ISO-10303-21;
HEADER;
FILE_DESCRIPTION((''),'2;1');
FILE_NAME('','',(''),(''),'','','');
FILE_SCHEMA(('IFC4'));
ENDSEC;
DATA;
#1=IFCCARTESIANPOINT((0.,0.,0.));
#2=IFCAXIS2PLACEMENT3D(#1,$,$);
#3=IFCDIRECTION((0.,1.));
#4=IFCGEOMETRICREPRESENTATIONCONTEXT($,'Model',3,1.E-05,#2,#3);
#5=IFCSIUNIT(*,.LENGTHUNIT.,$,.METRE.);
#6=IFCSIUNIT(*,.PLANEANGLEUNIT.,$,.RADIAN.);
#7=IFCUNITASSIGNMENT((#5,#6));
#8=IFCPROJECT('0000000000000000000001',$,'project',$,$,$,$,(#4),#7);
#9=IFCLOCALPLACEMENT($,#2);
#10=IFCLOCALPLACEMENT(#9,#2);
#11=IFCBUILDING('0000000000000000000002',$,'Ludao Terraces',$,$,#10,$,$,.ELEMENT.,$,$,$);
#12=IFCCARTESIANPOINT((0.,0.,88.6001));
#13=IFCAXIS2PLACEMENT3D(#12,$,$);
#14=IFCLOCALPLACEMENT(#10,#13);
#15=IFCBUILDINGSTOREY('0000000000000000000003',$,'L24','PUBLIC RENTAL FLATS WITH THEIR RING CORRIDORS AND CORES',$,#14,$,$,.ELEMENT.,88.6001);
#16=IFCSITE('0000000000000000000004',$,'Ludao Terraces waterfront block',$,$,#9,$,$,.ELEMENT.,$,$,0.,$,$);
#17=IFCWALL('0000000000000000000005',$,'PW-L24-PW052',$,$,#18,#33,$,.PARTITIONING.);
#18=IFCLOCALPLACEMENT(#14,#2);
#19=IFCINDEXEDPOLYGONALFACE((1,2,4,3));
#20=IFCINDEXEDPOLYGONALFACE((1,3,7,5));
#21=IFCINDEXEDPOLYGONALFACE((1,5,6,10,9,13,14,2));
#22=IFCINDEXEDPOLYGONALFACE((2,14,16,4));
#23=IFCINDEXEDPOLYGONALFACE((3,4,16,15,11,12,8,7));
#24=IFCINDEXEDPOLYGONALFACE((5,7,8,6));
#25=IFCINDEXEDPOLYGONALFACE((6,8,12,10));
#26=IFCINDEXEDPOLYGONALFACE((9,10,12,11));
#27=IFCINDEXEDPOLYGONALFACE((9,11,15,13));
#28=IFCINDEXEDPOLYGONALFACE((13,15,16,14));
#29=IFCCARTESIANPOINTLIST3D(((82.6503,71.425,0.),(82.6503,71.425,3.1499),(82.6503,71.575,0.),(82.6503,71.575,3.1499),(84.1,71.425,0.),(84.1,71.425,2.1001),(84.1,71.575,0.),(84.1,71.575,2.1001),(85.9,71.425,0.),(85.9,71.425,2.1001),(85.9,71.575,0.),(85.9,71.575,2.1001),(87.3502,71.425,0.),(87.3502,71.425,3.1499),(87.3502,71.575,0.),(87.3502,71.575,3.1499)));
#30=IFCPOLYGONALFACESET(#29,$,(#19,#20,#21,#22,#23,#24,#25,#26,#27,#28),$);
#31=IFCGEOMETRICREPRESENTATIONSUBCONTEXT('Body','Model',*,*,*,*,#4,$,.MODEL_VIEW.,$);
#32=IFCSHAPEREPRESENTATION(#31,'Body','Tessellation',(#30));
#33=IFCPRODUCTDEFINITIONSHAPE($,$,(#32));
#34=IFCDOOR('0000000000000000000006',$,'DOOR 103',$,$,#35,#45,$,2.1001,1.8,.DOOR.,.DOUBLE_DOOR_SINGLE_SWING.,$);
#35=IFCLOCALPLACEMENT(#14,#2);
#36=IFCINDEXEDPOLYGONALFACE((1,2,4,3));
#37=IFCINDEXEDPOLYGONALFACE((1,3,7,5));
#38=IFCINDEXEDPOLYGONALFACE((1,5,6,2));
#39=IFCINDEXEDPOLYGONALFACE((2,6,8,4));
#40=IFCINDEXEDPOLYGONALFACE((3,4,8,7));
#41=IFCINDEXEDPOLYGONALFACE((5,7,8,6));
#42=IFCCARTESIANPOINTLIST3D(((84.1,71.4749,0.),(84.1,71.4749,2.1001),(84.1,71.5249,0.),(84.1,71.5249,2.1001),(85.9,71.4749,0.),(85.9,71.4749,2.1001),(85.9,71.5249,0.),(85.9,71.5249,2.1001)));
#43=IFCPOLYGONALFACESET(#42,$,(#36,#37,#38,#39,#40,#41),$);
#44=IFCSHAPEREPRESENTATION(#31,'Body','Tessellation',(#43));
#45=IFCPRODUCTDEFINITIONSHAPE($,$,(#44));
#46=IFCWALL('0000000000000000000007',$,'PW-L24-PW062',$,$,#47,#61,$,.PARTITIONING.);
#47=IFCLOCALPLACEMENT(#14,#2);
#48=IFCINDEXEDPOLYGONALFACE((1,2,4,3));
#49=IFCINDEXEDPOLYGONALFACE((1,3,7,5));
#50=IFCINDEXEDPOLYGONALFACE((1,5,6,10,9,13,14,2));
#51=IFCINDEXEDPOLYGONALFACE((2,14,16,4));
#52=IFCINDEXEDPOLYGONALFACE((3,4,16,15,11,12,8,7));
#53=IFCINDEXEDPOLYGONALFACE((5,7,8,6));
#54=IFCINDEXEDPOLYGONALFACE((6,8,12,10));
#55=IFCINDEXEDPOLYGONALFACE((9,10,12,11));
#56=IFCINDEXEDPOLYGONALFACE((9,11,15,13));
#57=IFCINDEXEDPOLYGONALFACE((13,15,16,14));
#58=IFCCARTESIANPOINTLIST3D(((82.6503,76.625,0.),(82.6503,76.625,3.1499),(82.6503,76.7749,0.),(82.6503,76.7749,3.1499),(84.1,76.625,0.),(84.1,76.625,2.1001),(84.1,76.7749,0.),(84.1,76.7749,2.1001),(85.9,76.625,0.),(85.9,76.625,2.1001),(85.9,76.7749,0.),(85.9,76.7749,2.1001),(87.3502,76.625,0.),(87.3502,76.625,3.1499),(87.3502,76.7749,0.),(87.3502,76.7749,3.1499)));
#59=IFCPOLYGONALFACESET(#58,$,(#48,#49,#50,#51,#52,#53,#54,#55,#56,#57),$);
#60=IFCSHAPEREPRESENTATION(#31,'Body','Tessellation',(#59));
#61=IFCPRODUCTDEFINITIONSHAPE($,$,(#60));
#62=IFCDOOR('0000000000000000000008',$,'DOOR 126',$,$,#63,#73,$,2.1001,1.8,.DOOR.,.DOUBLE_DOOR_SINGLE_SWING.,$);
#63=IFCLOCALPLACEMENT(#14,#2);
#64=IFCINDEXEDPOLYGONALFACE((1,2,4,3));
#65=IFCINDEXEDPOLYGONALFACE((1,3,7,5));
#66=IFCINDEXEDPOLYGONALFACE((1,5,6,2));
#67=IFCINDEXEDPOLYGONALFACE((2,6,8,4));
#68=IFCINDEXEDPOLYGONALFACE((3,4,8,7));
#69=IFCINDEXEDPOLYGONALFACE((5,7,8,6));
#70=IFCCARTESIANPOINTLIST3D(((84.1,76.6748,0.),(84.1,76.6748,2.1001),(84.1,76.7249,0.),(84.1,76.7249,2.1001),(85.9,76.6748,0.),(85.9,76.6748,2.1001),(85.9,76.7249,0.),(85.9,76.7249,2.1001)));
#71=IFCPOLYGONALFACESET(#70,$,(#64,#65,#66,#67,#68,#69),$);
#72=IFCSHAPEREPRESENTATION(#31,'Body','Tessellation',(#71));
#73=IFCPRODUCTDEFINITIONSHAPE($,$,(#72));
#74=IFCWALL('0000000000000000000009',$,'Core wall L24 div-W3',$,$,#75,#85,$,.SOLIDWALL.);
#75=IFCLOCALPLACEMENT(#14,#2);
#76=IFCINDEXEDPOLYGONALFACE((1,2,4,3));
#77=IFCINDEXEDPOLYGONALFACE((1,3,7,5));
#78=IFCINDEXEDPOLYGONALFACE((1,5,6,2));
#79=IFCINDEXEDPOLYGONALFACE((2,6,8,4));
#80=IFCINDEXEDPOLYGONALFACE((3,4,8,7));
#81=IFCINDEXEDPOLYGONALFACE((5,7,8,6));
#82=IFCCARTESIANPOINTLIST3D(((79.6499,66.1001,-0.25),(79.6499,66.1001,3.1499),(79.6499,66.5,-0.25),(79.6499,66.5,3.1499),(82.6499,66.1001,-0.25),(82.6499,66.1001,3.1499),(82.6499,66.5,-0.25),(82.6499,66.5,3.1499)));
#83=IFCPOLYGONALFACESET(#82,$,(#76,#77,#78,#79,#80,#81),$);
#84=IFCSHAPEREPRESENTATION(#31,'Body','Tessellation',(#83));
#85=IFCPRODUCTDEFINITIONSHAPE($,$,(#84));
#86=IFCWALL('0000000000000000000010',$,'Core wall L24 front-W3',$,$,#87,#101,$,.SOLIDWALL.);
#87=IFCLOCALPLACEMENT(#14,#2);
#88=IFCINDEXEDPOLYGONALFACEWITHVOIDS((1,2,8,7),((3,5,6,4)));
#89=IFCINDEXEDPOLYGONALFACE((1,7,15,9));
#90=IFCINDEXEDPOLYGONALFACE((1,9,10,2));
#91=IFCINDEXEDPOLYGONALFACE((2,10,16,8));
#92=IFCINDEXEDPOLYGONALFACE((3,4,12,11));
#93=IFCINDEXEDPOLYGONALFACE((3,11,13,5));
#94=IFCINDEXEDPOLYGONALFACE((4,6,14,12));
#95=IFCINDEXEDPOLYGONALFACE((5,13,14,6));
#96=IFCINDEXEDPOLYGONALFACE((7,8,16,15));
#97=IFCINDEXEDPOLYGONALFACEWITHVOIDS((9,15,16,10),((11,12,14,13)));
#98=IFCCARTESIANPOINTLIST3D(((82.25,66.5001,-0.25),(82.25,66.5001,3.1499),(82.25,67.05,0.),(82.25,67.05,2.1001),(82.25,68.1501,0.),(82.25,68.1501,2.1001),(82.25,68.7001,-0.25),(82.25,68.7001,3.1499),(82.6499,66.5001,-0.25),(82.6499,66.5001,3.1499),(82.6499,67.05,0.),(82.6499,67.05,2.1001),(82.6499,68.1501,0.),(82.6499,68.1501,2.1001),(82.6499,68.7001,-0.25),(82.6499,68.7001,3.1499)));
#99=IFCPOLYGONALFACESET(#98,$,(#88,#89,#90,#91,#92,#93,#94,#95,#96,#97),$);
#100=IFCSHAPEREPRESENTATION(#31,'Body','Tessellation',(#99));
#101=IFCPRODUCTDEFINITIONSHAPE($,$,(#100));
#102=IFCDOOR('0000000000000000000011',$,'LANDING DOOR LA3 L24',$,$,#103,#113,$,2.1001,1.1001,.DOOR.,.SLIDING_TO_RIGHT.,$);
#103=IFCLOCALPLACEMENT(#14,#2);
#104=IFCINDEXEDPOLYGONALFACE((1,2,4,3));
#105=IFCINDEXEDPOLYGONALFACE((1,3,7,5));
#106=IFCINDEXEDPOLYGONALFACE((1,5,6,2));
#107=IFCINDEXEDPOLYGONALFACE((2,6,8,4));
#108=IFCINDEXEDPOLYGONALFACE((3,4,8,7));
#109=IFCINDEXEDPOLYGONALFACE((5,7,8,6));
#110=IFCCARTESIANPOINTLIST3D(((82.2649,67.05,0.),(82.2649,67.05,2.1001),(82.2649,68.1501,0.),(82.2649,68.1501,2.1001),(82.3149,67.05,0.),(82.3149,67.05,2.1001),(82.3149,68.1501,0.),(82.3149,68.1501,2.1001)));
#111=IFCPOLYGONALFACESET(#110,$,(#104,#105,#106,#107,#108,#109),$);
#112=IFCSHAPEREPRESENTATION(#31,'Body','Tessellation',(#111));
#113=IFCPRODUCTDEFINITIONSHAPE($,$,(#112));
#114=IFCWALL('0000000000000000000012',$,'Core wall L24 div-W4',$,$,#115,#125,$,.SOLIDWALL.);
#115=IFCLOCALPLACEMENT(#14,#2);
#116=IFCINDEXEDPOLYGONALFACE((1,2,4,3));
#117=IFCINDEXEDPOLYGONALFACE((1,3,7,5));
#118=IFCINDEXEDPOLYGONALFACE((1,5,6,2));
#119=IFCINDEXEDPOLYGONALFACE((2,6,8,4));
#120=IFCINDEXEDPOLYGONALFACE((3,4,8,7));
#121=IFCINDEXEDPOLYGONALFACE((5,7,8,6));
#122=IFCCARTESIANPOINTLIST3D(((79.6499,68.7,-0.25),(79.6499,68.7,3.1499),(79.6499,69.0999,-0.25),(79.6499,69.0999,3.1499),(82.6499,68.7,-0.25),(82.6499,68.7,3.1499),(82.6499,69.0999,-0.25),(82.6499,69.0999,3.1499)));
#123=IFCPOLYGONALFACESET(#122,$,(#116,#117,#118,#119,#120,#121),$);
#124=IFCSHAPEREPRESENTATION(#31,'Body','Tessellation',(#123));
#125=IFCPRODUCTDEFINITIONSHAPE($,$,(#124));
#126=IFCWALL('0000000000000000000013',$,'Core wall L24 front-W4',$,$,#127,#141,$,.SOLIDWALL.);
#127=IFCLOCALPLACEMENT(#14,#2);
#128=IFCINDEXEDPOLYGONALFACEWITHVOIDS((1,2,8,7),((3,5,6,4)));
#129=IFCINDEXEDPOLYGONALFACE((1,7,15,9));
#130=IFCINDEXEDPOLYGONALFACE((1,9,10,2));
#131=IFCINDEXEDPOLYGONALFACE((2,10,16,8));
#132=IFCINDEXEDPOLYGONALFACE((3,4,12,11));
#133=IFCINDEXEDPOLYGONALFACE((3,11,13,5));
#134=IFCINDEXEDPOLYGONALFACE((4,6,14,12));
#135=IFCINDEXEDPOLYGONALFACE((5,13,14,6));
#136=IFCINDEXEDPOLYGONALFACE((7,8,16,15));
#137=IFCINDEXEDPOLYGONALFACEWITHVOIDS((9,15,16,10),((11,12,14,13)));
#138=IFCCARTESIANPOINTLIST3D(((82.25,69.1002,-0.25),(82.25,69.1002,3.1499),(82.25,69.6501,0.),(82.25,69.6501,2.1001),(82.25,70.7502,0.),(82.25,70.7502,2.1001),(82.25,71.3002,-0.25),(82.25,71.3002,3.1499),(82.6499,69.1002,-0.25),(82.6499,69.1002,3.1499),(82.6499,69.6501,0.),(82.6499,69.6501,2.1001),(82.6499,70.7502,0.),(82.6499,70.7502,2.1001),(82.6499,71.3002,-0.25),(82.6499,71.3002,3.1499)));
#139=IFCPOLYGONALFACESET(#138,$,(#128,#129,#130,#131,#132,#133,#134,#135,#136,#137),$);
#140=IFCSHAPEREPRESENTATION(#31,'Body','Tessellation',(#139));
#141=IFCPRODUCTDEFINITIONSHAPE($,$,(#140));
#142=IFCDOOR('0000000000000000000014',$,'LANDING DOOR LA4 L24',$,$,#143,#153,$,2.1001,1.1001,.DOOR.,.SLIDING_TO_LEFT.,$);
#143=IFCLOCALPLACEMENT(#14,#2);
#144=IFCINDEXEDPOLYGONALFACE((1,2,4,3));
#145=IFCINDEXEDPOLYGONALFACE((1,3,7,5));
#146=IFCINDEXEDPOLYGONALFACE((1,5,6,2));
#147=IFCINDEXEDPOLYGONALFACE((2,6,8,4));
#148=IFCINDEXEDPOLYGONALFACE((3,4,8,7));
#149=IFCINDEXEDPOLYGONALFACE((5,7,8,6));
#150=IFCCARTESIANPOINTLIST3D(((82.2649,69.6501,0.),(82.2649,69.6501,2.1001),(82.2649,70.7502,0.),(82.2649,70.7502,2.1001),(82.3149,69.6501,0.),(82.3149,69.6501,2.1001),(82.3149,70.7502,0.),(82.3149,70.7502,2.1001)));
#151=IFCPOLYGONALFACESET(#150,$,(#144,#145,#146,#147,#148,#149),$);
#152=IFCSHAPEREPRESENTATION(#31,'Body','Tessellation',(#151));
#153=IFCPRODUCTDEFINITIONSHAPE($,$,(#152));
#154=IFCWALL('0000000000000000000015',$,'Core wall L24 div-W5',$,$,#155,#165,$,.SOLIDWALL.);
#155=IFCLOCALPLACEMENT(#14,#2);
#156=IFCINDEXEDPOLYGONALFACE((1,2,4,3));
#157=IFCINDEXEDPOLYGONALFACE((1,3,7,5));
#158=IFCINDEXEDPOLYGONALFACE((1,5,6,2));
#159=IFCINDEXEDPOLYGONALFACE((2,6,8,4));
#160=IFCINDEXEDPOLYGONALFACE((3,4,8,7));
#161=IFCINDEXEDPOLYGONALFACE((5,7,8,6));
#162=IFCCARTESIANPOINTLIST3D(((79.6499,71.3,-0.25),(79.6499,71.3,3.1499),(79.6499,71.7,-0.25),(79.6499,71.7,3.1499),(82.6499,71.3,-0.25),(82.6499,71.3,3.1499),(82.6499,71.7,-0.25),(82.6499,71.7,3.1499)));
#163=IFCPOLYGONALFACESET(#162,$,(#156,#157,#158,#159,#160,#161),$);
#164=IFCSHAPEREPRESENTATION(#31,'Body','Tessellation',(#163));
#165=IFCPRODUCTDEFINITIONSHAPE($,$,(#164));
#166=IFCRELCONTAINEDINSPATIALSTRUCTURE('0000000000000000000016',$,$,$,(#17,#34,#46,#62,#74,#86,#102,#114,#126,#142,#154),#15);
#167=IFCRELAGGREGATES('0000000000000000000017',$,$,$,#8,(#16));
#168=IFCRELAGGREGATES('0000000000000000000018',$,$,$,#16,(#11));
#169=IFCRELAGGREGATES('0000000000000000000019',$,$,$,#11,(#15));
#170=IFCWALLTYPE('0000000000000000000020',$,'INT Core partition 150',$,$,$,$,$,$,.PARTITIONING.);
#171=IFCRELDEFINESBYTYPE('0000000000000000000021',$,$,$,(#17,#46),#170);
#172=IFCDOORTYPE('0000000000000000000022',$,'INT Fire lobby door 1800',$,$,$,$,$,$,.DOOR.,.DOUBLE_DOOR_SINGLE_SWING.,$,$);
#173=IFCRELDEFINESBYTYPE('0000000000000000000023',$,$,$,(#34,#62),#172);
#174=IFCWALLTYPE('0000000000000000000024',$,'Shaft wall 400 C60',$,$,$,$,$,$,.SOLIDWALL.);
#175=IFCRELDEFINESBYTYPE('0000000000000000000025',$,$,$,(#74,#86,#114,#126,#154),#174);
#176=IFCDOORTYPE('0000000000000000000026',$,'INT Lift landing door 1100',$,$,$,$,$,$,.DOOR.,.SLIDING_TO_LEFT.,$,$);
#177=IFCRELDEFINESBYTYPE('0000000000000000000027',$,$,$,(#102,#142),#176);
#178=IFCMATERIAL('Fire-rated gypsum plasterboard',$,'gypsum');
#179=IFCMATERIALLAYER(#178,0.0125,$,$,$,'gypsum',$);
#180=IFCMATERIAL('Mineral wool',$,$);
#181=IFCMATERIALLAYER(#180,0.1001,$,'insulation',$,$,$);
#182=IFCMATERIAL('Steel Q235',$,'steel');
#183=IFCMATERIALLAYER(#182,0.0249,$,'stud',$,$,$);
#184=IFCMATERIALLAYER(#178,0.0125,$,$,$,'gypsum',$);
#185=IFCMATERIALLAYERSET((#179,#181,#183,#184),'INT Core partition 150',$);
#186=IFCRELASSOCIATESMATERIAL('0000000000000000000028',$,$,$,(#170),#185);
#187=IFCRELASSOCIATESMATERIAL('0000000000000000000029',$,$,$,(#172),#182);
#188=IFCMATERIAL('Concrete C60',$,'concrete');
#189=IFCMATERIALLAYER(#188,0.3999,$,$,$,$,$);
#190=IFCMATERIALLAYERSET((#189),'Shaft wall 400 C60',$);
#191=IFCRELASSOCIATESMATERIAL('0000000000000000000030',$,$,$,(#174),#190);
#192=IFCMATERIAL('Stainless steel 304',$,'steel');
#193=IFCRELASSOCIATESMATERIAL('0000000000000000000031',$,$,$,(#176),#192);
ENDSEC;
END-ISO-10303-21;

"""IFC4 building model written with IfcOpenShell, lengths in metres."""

from ifc_helpers import new_model, si_unit, direction, frame, frame_2d, origin, place, context, subcontext, project, spatial, rectangle, extrude, material, layer, layer_set, type_object, element, fill, save


model = new_model("IFC4")

# Units and contexts
model_context = context("Model", 3, precision=1e-05, world=origin(), true_north=direction((0.0, 1.0)))
body_context = subcontext(model_context, "Body", "Model", "MODEL_VIEW")
ifc_project = project(units=[si_unit("LENGTHUNIT", "METRE"), si_unit("PLANEANGLEUNIT", "RADIAN")], contexts=[model_context])

# Site, building, storey
site_placement = place(None, origin())
site = spatial("IfcSite", under=ifc_project, at=site_placement, Name="Ludao Terraces waterfront block", CompositionType="ELEMENT", RefElevation=0.0)
building_placement = place(site_placement, origin())
building = spatial("IfcBuilding", under=site, at=building_placement, Name="Ludao Terraces", CompositionType="ELEMENT")
storey_placement = place(building_placement, frame((0.0, 0.0, 88.6001)))
storey = spatial("IfcBuildingStorey", under=building, at=storey_placement, Name="L24", Description="PUBLIC RENTAL FLATS WITH THEIR RING CORRIDORS AND CORES", CompositionType="ELEMENT", Elevation=88.6001)

# Walls, openings, doors
ifc_material_1 = material(Name="Fire-rated gypsum plasterboard", Category="gypsum")
ifc_layer_1 = layer(ifc_material_1, 0.0125, Category="gypsum")
ifc_material_2 = material(Name="Mineral wool")
ifc_layer_2 = layer(ifc_material_2, 0.1001, Name="insulation")
ifc_material_3 = material(Name="Steel Q235", Category="steel")
ifc_layer_3 = layer(ifc_material_3, 0.0249, Name="stud")
ifc_layer_4 = layer(ifc_material_1, 0.0125, Category="gypsum")
ifc_layer_set_1 = layer_set([ifc_layer_1, ifc_layer_2, ifc_layer_3, ifc_layer_4], Name="INT Core partition 150")
wall_type_1 = type_object("IfcWallType", Name="INT Core partition 150", PredefinedType="PARTITIONING", material=ifc_layer_set_1)
wall_1_placement = place(storey_placement, frame((82.6501, 71.5, 0.0), z_axis=(0.0, 0.0, 1.0), x_axis=(1.0, 0.0, 0.0)))
wall_1 = element("IfcWall", 1, at=wall_1_placement, inside=storey, type_object=wall_type_1, Name="PW-L24-PW052", PredefinedType="PARTITIONING", context=body_context, shape_type="SweptSolid", body=[
    extrude(rectangle(XDim=4.7, YDim=0.1499, at=frame_2d((2.3501, 0.0))), origin(), (0.0, 0.0, 1.0), 3.1499),
])
opening_1_placement = place(wall_1_placement, frame((1.45, 0.0, 0.0)))
opening_1 = element("IfcOpeningElement", 2, at=opening_1_placement, cuts=wall_1, PredefinedType="OPENING", context=body_context, shape_type="SweptSolid", body=[
    extrude(rectangle(XDim=1.8, YDim=2.1001, at=frame_2d((0.8999, 1.05))), frame((0.0, 0.085, 0.0), z_axis=(0.0, -1.0, 0.0), x_axis=(1.0, 0.0, 0.0)), (0.0, 0.0, 1.0), 0.1699),
])
door_type_1 = type_object("IfcDoorType", Name="INT Fire lobby door 1800", OperationType="DOUBLE_DOOR_SINGLE_SWING", PredefinedType="DOOR", material=ifc_material_3)
door_1_placement = place(opening_1_placement, origin())
door_1 = element("IfcDoor", 3, at=door_1_placement, inside=storey, type_object=door_type_1, Name="DOOR 103", OperationType="DOUBLE_DOOR_SINGLE_SWING", OverallHeight=2.1001, OverallWidth=1.8, PredefinedType="DOOR", context=body_context, shape_type="SweptSolid", body=[
    extrude(rectangle(XDim=1.8, YDim=2.1001, at=frame_2d((0.8999, 1.05))), frame((0.0, 0.0249, 0.0), z_axis=(0.0, -1.0, 0.0), x_axis=(1.0, 0.0, 0.0)), (0.0, 0.0, 1.0), 0.05),
])
fill(opening_1, door_1)
wall_2_placement = place(storey_placement, frame((82.6501, 76.7, 0.0), z_axis=(0.0, 0.0, 1.0), x_axis=(1.0, 0.0, 0.0)))
wall_2 = element("IfcWall", 4, at=wall_2_placement, inside=storey, type_object=wall_type_1, Name="PW-L24-PW062", PredefinedType="PARTITIONING", context=body_context, shape_type="SweptSolid", body=[
    extrude(rectangle(XDim=4.7, YDim=0.1499, at=frame_2d((2.3501, 0.0))), origin(), (0.0, 0.0, 1.0), 3.1499),
])
opening_2_placement = place(wall_2_placement, frame((1.45, 0.0, 0.0)))
opening_2 = element("IfcOpeningElement", 5, at=opening_2_placement, cuts=wall_2, PredefinedType="OPENING", context=body_context, shape_type="SweptSolid", body=[
    extrude(rectangle(XDim=1.8, YDim=2.1001, at=frame_2d((0.8999, 1.05))), frame((0.0, 0.085, 0.0), z_axis=(0.0, -1.0, 0.0), x_axis=(1.0, 0.0, 0.0)), (0.0, 0.0, 1.0), 0.1699),
])
door_2_placement = place(opening_2_placement, origin())
door_2 = element("IfcDoor", 6, at=door_2_placement, inside=storey, type_object=door_type_1, Name="DOOR 126", OperationType="DOUBLE_DOOR_SINGLE_SWING", OverallHeight=2.1001, OverallWidth=1.8, PredefinedType="DOOR", context=body_context, shape_type="SweptSolid", body=[
    extrude(rectangle(XDim=1.8, YDim=2.1001, at=frame_2d((0.8999, 1.05))), frame((0.0, 0.0249, 0.0), z_axis=(0.0, -1.0, 0.0), x_axis=(1.0, 0.0, 0.0)), (0.0, 0.0, 1.0), 0.05),
])
fill(opening_2, door_2)

# Wall
ifc_material_4 = material(Name="Concrete C60", Category="concrete")
ifc_layer_5 = layer(ifc_material_4, 0.3999)
ifc_layer_set_2 = layer_set([ifc_layer_5], Name="Shaft wall 400 C60")
wall_type_2 = type_object("IfcWallType", Name="Shaft wall 400 C60", PredefinedType="SOLIDWALL", material=ifc_layer_set_2)
wall_3_placement = place(storey_placement, frame((79.6499, 66.3, -0.25), z_axis=(0.0, 0.0, 1.0), x_axis=(1.0, 0.0, 0.0)))
element("IfcWall", 7, at=wall_3_placement, inside=storey, type_object=wall_type_2, Name="Core wall L24 div-W3", PredefinedType="SOLIDWALL", context=body_context, shape_type="SweptSolid", body=[
    extrude(rectangle(XDim=3.0, YDim=0.3999, at=frame_2d((1.5, 0.0))), origin(), (0.0, 0.0, 1.0), 3.3999),
])

# Wall, opening, door
wall_4_placement = place(storey_placement, frame((82.45, 66.5, -0.25), z_axis=(0.0, 0.0, 1.0), x_axis=(0.0, 1.0, 0.0)))
wall_4 = element("IfcWall", 8, at=wall_4_placement, inside=storey, type_object=wall_type_2, Name="Core wall L24 front-W3", PredefinedType="SOLIDWALL", context=body_context, shape_type="SweptSolid", body=[
    extrude(rectangle(XDim=2.2, YDim=0.3999, at=frame_2d((1.1001, 0.0))), origin(), (0.0, 0.0, 1.0), 3.3999),
])
opening_3_placement = place(wall_4_placement, frame((0.55, 0.0, 0.25)))
opening_3 = element("IfcOpeningElement", 9, at=opening_3_placement, cuts=wall_4, PredefinedType="OPENING", context=body_context, shape_type="SweptSolid", body=[
    extrude(rectangle(XDim=1.1001, YDim=2.1001, at=frame_2d((0.55, 1.05))), frame((0.0, 0.21, 0.0), z_axis=(0.0, -1.0, 0.0), x_axis=(1.0, 0.0, 0.0)), (0.0, 0.0, 1.0), 0.4199),
])
ifc_material_5 = material(Name="Stainless steel 304", Category="steel")
door_type_2 = type_object("IfcDoorType", Name="INT Lift landing door 1100", OperationType="SLIDING_TO_LEFT", PredefinedType="DOOR", material=ifc_material_5)
door_3_placement = place(opening_3_placement, origin())
door_3 = element("IfcDoor", 10, at=door_3_placement, inside=storey, type_object=door_type_2, Name="LANDING DOOR LA3 L24", OperationType="SLIDING_TO_RIGHT", OverallHeight=2.1001, OverallWidth=1.1001, PredefinedType="DOOR", context=body_context, shape_type="SweptSolid", body=[
    extrude(rectangle(XDim=1.1001, YDim=2.1001, at=frame_2d((0.55, 1.05))), frame((0.0, 0.1851, 0.0), z_axis=(0.0, -1.0, 0.0), x_axis=(1.0, 0.0, 0.0)), (0.0, 0.0, 1.0), 0.05),
])
fill(opening_3, door_3)

# Wall
wall_5_placement = place(storey_placement, frame((79.6499, 68.8999, -0.25), z_axis=(0.0, 0.0, 1.0), x_axis=(1.0, 0.0, 0.0)))
element("IfcWall", 11, at=wall_5_placement, inside=storey, type_object=wall_type_2, Name="Core wall L24 div-W4", PredefinedType="SOLIDWALL", context=body_context, shape_type="SweptSolid", body=[
    extrude(rectangle(XDim=3.0, YDim=0.3999, at=frame_2d((1.5, 0.0))), origin(), (0.0, 0.0, 1.0), 3.3999),
])

# Wall, opening, door
wall_6_placement = place(storey_placement, frame((82.45, 69.1001, -0.25), z_axis=(0.0, 0.0, 1.0), x_axis=(0.0, 1.0, 0.0)))
wall_6 = element("IfcWall", 12, at=wall_6_placement, inside=storey, type_object=wall_type_2, Name="Core wall L24 front-W4", PredefinedType="SOLIDWALL", context=body_context, shape_type="SweptSolid", body=[
    extrude(rectangle(XDim=2.2, YDim=0.3999, at=frame_2d((1.1001, 0.0))), origin(), (0.0, 0.0, 1.0), 3.3999),
])
opening_4_placement = place(wall_6_placement, frame((0.55, 0.0, 0.25)))
opening_4 = element("IfcOpeningElement", 13, at=opening_4_placement, cuts=wall_6, PredefinedType="OPENING", context=body_context, shape_type="SweptSolid", body=[
    extrude(rectangle(XDim=1.1001, YDim=2.1001, at=frame_2d((0.55, 1.05))), frame((0.0, 0.21, 0.0), z_axis=(0.0, -1.0, 0.0), x_axis=(1.0, 0.0, 0.0)), (0.0, 0.0, 1.0), 0.4199),
])
door_4_placement = place(opening_4_placement, origin())
door_4 = element("IfcDoor", 14, at=door_4_placement, inside=storey, type_object=door_type_2, Name="LANDING DOOR LA4 L24", OperationType="SLIDING_TO_LEFT", OverallHeight=2.1001, OverallWidth=1.1001, PredefinedType="DOOR", context=body_context, shape_type="SweptSolid", body=[
    extrude(rectangle(XDim=1.1001, YDim=2.1001, at=frame_2d((0.55, 1.05))), frame((0.0, 0.1851, 0.0), z_axis=(0.0, -1.0, 0.0), x_axis=(1.0, 0.0, 0.0)), (0.0, 0.0, 1.0), 0.05),
])
fill(opening_4, door_4)

# Wall
wall_7_placement = place(storey_placement, frame((79.6499, 71.5, -0.25), z_axis=(0.0, 0.0, 1.0), x_axis=(1.0, 0.0, 0.0)))
element("IfcWall", 15, at=wall_7_placement, inside=storey, type_object=wall_type_2, Name="Core wall L24 div-W5", PredefinedType="SOLIDWALL", context=body_context, shape_type="SweptSolid", body=[
    extrude(rectangle(XDim=3.0, YDim=0.3999, at=frame_2d((1.5, 0.0))), origin(), (0.0, 0.0, 1.0), 3.3999),
])

save(model, "model.ifc")
